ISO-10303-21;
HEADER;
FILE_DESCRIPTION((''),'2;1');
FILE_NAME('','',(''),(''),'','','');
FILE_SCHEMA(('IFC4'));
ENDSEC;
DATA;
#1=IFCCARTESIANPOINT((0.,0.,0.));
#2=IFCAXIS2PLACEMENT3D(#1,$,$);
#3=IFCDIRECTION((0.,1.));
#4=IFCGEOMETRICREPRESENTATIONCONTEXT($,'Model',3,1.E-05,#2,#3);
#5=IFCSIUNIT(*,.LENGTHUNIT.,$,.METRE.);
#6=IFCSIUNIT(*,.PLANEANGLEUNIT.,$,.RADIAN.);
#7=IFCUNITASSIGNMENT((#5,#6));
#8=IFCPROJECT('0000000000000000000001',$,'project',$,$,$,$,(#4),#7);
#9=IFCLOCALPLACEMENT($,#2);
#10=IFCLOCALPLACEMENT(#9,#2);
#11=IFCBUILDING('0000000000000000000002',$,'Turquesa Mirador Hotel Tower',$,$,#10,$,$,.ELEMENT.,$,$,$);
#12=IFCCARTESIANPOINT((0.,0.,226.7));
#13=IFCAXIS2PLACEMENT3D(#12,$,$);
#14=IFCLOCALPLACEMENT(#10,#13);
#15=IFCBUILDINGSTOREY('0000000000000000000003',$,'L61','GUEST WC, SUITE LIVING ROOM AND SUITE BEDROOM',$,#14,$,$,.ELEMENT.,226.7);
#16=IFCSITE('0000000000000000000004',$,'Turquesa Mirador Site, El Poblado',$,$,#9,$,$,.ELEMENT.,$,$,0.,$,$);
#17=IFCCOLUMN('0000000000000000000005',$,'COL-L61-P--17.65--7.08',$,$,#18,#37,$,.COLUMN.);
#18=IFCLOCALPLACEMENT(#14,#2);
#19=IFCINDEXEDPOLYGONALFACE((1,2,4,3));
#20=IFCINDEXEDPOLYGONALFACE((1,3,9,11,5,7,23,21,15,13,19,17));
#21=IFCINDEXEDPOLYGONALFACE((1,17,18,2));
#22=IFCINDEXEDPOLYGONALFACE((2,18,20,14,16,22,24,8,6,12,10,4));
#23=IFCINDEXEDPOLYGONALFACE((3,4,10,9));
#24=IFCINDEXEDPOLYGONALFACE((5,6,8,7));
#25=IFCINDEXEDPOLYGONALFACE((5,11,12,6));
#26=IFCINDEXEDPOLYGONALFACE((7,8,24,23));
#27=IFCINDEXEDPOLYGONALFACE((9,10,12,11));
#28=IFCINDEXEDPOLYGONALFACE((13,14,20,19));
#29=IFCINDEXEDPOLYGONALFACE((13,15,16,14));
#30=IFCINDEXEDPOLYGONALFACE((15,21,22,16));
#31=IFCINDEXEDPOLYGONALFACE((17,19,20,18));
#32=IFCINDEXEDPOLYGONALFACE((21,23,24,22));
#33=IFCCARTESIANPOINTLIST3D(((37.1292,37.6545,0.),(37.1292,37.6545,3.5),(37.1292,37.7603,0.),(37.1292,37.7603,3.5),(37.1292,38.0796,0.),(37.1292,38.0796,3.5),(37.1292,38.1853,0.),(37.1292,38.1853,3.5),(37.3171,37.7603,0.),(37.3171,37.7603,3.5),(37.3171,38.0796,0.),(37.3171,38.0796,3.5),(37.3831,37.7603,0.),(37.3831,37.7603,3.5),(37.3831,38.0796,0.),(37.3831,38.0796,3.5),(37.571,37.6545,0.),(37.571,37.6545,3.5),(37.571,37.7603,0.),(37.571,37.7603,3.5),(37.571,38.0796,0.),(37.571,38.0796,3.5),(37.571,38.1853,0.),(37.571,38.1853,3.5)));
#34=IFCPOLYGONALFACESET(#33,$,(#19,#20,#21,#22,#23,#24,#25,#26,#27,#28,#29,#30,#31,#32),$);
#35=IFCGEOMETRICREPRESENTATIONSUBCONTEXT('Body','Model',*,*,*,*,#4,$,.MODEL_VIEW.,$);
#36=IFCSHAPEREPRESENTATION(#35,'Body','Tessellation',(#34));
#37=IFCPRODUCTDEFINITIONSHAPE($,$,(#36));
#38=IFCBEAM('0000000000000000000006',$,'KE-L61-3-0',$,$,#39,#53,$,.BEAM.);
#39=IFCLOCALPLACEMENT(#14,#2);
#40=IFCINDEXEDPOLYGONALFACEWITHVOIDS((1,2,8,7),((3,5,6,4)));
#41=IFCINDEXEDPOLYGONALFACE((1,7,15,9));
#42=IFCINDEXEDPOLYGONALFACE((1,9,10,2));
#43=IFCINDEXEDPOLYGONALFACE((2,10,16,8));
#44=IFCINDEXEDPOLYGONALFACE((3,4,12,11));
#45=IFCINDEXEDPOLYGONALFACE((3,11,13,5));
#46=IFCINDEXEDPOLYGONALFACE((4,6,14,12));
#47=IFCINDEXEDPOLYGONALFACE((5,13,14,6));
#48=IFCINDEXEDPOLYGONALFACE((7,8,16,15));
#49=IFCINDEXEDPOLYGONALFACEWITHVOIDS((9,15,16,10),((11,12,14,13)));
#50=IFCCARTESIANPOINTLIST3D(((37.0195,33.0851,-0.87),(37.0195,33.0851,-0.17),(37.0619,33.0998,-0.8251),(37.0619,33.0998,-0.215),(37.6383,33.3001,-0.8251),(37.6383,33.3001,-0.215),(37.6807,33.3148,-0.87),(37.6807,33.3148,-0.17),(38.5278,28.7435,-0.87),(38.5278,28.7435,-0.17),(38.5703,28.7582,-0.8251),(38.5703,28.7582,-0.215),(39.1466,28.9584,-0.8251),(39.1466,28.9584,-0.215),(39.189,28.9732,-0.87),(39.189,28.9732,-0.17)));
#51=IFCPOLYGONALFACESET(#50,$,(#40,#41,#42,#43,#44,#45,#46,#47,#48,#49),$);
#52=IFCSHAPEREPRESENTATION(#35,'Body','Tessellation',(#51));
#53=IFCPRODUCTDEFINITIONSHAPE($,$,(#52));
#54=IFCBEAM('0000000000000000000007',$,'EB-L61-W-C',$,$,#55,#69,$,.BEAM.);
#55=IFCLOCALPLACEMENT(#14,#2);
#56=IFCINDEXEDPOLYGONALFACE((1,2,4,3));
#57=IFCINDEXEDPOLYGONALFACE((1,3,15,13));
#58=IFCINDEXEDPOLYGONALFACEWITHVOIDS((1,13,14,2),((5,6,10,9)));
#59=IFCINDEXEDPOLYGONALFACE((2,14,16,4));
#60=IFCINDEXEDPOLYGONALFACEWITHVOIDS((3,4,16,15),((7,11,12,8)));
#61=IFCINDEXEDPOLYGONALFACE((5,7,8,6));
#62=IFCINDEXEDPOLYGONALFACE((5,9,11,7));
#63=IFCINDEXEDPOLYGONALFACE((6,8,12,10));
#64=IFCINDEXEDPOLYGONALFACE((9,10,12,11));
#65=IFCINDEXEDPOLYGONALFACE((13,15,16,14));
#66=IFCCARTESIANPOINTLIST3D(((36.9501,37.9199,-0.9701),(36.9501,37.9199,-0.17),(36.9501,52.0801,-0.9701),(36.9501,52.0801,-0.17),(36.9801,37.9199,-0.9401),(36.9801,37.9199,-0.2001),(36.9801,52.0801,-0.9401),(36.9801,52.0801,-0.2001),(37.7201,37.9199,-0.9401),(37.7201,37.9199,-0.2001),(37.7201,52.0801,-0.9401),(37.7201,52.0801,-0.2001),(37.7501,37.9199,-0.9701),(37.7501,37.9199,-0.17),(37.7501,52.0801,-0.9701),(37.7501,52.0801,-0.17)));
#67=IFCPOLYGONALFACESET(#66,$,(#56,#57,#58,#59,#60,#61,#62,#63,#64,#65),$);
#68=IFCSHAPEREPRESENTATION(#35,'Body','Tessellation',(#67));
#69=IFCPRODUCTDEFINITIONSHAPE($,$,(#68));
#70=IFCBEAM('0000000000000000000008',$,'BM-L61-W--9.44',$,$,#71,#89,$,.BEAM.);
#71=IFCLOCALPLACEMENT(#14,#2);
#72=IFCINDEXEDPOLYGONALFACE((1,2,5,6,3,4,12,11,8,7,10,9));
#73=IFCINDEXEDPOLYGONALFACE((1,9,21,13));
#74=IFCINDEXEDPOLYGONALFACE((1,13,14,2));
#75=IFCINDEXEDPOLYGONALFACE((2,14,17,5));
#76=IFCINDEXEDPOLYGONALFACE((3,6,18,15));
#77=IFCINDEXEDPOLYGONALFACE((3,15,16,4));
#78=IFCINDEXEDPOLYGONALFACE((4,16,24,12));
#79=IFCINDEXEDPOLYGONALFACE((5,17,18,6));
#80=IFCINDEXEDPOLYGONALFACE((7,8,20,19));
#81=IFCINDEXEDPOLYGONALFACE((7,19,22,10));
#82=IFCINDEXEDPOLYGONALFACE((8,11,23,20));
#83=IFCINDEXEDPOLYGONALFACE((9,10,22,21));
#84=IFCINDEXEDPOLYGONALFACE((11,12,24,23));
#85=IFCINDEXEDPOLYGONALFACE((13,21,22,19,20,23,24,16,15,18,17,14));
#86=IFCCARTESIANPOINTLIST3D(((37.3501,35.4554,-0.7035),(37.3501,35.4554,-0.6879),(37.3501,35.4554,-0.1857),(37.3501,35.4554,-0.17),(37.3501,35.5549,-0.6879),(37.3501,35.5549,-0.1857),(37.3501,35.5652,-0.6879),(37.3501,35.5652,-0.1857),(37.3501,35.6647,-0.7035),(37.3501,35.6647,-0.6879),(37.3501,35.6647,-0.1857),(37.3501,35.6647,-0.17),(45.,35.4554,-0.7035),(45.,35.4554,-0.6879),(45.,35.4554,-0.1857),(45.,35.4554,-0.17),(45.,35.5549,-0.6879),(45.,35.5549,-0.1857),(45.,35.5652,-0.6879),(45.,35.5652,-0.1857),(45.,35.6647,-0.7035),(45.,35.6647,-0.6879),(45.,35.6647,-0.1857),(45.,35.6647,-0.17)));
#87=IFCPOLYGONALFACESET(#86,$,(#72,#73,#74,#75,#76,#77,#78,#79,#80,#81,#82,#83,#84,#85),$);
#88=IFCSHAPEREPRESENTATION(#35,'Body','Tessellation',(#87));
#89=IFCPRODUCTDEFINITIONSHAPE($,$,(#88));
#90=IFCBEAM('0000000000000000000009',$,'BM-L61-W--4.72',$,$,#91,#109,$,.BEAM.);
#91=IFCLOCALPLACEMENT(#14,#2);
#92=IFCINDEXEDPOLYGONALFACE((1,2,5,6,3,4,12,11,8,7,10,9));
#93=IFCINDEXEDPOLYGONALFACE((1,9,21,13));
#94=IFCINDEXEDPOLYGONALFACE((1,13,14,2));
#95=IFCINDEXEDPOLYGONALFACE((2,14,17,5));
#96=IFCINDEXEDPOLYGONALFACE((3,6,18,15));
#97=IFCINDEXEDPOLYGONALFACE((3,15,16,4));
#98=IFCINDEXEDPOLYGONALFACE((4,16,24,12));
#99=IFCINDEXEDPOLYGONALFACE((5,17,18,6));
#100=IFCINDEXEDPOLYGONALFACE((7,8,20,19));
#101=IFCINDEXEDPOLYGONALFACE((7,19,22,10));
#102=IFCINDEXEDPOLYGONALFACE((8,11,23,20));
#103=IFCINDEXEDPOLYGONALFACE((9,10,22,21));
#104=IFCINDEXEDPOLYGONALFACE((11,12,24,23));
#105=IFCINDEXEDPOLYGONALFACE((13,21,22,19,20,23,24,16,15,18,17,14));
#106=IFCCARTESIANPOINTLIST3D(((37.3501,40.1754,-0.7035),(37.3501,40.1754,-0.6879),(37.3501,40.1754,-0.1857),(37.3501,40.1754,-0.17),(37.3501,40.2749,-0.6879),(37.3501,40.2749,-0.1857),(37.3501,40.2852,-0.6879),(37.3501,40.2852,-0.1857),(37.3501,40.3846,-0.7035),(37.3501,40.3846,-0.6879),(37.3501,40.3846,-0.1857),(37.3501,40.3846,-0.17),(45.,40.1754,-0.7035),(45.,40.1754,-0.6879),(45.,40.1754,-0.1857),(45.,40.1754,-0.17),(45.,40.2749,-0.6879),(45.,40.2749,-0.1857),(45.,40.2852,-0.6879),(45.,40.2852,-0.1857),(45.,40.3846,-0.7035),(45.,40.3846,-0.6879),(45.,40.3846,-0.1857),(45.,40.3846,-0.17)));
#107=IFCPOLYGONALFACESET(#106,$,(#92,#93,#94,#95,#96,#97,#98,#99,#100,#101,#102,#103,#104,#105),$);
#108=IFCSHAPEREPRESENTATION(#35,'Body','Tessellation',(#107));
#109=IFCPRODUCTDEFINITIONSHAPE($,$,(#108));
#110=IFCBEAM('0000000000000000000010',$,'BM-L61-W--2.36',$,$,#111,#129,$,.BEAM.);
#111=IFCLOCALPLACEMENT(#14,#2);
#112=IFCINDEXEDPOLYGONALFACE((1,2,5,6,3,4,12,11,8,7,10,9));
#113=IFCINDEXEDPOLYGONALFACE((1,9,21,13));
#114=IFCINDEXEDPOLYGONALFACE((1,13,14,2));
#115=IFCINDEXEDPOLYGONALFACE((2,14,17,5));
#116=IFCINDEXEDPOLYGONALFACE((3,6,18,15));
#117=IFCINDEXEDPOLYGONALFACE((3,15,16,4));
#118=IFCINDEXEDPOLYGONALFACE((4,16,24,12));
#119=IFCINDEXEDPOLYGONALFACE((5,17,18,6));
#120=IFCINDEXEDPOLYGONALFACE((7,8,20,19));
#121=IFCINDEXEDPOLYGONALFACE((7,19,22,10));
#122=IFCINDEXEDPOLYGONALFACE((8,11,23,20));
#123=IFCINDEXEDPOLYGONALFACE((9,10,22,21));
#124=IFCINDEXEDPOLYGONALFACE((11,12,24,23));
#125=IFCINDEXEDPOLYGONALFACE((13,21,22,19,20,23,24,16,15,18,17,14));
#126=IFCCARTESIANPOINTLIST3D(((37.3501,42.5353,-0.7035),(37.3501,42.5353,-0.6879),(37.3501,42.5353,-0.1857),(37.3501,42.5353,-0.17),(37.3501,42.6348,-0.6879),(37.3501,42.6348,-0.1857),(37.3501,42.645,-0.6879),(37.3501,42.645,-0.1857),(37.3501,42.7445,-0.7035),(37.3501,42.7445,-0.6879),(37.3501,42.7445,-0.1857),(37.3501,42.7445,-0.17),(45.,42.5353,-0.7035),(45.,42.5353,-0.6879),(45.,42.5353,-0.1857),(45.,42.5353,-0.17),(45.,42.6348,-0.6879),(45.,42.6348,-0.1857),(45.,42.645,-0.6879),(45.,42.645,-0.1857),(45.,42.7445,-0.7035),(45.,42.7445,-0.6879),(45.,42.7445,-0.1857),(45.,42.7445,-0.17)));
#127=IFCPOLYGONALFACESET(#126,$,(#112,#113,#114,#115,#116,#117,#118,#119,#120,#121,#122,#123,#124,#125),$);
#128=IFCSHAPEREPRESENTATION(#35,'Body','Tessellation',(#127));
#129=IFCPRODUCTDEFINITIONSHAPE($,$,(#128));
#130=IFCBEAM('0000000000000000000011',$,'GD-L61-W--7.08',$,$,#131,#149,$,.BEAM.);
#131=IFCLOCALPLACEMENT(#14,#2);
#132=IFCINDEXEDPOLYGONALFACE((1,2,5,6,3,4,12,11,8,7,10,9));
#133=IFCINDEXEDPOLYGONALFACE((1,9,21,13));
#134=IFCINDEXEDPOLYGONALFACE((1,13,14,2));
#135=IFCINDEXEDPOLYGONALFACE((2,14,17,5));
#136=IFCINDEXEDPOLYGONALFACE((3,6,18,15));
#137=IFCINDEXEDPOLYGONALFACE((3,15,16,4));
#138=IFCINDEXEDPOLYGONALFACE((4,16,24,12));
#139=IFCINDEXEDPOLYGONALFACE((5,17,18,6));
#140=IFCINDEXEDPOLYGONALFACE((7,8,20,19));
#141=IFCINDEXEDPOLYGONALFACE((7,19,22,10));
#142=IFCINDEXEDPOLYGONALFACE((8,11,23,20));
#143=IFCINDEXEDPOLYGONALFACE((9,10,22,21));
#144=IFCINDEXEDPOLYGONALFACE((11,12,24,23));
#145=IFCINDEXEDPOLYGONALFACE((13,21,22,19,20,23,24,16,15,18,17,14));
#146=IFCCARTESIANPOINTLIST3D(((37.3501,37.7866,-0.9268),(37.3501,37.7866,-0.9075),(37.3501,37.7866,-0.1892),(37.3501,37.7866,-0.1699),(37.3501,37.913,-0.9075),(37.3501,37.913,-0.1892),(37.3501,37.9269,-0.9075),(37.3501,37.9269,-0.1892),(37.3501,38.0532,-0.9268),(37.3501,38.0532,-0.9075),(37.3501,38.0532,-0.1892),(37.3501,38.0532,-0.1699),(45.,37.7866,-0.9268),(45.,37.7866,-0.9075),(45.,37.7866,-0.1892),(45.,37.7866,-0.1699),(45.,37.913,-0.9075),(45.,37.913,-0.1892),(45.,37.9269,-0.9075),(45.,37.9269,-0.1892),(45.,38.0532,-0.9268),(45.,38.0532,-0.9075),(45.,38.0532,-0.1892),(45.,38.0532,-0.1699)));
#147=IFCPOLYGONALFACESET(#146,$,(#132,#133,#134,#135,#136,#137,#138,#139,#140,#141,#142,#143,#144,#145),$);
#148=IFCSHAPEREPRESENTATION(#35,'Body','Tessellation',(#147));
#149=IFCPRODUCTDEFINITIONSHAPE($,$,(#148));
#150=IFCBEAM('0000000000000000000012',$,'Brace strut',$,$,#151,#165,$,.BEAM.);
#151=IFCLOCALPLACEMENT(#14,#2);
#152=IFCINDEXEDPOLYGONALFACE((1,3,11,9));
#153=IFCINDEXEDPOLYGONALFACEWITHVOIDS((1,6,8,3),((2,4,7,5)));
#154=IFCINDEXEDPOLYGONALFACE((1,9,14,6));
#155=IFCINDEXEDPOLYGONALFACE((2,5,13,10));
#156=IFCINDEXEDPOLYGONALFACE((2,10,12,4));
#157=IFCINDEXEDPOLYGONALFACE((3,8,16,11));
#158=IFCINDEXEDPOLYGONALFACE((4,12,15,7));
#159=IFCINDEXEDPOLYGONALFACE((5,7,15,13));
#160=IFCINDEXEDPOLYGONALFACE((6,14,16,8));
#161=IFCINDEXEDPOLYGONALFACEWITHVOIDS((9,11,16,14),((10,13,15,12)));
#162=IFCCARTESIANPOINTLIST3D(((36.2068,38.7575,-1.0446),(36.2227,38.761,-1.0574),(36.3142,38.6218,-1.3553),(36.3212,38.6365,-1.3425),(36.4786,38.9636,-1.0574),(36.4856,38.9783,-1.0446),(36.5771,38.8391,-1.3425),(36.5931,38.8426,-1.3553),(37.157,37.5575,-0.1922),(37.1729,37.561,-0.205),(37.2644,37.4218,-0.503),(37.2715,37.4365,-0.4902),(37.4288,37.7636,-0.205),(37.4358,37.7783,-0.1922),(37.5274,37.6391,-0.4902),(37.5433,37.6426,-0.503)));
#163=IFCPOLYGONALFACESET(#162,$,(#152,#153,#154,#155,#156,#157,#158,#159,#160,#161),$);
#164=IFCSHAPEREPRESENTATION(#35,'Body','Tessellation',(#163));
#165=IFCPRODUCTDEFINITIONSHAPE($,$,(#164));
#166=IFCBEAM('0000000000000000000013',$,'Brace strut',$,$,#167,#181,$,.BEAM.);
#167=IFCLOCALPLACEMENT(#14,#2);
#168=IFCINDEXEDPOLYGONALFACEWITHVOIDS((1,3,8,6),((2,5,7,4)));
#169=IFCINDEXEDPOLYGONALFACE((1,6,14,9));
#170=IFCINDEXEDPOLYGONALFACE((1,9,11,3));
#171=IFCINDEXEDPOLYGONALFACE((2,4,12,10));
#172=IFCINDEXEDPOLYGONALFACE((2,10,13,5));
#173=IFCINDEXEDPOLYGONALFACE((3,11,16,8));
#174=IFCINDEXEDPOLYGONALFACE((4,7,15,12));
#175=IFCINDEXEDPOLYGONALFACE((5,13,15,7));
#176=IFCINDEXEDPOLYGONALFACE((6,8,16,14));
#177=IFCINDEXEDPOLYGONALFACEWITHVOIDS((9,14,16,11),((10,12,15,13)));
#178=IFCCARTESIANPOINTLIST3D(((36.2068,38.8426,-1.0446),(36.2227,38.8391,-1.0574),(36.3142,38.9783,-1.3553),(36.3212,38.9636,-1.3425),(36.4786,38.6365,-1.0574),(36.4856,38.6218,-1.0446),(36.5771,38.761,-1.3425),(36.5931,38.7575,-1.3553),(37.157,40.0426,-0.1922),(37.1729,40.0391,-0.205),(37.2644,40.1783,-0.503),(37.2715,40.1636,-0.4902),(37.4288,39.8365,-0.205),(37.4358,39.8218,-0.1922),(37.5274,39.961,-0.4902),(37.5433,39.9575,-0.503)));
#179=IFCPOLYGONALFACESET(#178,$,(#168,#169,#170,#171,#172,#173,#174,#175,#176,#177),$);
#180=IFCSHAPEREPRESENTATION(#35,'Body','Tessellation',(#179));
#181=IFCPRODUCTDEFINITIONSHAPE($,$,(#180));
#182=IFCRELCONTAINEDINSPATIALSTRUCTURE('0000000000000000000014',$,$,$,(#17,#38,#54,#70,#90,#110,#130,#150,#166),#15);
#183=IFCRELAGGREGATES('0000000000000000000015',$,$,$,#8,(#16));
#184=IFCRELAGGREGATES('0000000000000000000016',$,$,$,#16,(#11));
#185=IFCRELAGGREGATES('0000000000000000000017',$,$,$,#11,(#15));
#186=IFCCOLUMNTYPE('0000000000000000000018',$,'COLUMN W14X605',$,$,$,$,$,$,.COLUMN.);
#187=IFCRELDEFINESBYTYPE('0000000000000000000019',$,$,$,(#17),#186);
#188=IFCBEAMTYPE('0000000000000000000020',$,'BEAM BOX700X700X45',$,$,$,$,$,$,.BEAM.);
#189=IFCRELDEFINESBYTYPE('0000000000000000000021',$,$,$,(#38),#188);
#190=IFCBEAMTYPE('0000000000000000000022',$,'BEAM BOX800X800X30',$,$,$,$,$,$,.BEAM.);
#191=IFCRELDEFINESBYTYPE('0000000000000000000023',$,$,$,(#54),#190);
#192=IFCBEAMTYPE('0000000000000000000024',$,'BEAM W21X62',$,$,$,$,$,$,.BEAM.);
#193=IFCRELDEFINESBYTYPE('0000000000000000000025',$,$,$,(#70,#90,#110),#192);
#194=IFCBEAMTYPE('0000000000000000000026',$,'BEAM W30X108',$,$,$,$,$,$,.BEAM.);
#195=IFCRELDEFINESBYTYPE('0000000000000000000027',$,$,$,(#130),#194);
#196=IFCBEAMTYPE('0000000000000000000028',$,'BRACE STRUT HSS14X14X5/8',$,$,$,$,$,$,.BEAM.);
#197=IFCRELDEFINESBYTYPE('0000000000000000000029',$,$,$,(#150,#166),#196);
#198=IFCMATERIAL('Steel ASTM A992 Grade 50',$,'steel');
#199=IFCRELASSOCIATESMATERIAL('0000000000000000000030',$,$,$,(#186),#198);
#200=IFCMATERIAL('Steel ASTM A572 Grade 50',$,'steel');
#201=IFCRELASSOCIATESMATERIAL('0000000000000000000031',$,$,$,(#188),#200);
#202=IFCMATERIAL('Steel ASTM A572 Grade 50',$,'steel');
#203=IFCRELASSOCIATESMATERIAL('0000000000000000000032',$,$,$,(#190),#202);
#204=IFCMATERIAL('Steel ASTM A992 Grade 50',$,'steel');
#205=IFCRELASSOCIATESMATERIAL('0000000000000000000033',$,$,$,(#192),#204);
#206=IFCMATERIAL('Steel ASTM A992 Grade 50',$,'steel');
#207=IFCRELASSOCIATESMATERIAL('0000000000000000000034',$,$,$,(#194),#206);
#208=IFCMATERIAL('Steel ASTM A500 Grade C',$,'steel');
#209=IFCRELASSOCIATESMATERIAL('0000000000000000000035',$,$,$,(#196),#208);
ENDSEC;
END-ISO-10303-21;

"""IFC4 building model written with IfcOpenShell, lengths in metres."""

from ifc_helpers import new_model, si_unit, direction, frame, origin, origin_2d, place, context, subcontext, project, spatial, hollow_rectangle, i_section, extrude, material, material_profile, profile_set, type_object, element, save


model = new_model("IFC4")

# Units and contexts
model_context = context("Model", 3, precision=1e-05, world=origin(), true_north=direction((0.0, 1.0)))
body_context = subcontext(model_context, "Body", "Model", "MODEL_VIEW")
ifc_project = project(units=[si_unit("LENGTHUNIT", "METRE"), si_unit("PLANEANGLEUNIT", "RADIAN")], contexts=[model_context])

# Site, building, storey
site_placement = place(None, origin())
site = spatial("IfcSite", under=ifc_project, at=site_placement, Name="Turquesa Mirador Site, El Poblado", CompositionType="ELEMENT", RefElevation=0.0)
building_placement = place(site_placement, origin())
building = spatial("IfcBuilding", under=site, at=building_placement, Name="Turquesa Mirador Hotel Tower", CompositionType="ELEMENT")
storey_placement = place(building_placement, frame((0.0, 0.0, 226.7)))
storey = spatial("IfcBuildingStorey", under=building, at=storey_placement, Name="L61", Description="GUEST WC, SUITE LIVING ROOM AND SUITE BEDROOM", CompositionType="ELEMENT", Elevation=226.7)

# Column
ifc_material_1 = material(Name="Steel ASTM A992 Grade 50", Category="steel")
ifc_material_profile_1 = material_profile(ifc_material_1, i_section(OverallWidth=0.4419, OverallDepth=0.5308, WebThickness=0.0659, FlangeThickness=0.1057, at=origin_2d()), Name="W14X605")
ifc_profile_set_1 = profile_set([ifc_material_profile_1], Name="Steel ASTM A992 Grade 50")
column_type = type_object("IfcColumnType", Name="COLUMN W14X605", PredefinedType="COLUMN", material=ifc_profile_set_1)
column_placement = place(storey_placement, frame((37.3501, 37.9199, 0.0), z_axis=(0.0, 0.0, 1.0), x_axis=(1.0, 0.0, 0.0)))
element("IfcColumn", 1, at=column_placement, inside=storey, type_object=column_type, Name="COL-L61-P--17.65--7.08", PredefinedType="COLUMN", context=body_context, shape_type="SweptSolid", body=[
    extrude(i_section(OverallWidth=0.4419, OverallDepth=0.5308, WebThickness=0.0659, FlangeThickness=0.1057, at=origin_2d()), origin(), (0.0, 0.0, 1.0), 3.5),
])

# Beams
ifc_material_2 = material(Name="Steel ASTM A572 Grade 50", Category="steel")
ifc_material_profile_2 = material_profile(ifc_material_2, hollow_rectangle(XDim=0.7, YDim=0.7, WallThickness=0.0449, at=origin_2d()), Name="BOX700X700X45")
ifc_profile_set_2 = profile_set([ifc_material_profile_2], Name="Steel ASTM A572 Grade 50")
beam_type_1 = type_object("IfcBeamType", Name="BEAM BOX700X700X45", PredefinedType="BEAM", material=ifc_profile_set_2)
beam_1_placement = place(storey_placement, frame((37.3501, 33.2, -0.52), z_axis=(0.32817, -0.944619, 0.0), x_axis=(0.944619, 0.32817, 0.0)))
element("IfcBeam", 2, at=beam_1_placement, inside=storey, type_object=beam_type_1, Name="KE-L61-3-0", PredefinedType="BEAM", context=body_context, shape_type="SweptSolid", body=[
    extrude(hollow_rectangle(XDim=0.7, YDim=0.7, WallThickness=0.0449, at=origin_2d()), origin(), (0.0, 0.0, 1.0), 4.5962),
])
ifc_material_3 = material(Name="Steel ASTM A572 Grade 50", Category="steel")
ifc_material_profile_3 = material_profile(ifc_material_3, hollow_rectangle(XDim=0.8, YDim=0.8, WallThickness=0.03, at=origin_2d()), Name="BOX800X800X30")
ifc_profile_set_3 = profile_set([ifc_material_profile_3], Name="Steel ASTM A572 Grade 50")
beam_type_2 = type_object("IfcBeamType", Name="BEAM BOX800X800X30", PredefinedType="BEAM", material=ifc_profile_set_3)
beam_2_placement = place(storey_placement, frame((37.3501, 37.9199, -0.5701), z_axis=(0.0, 1.0, 0.0), x_axis=(-1.0, 0.0, 0.0)))
element("IfcBeam", 3, at=beam_2_placement, inside=storey, type_object=beam_type_2, Name="EB-L61-W-C", PredefinedType="BEAM", context=body_context, shape_type="SweptSolid", body=[
    extrude(hollow_rectangle(XDim=0.8, YDim=0.8, WallThickness=0.03, at=origin_2d()), origin(), (0.0, 0.0, 1.0), 14.1602),
])
ifc_material_4 = material(Name="Steel ASTM A992 Grade 50", Category="steel")
ifc_material_profile_4 = material_profile(ifc_material_4, i_section(OverallWidth=0.2092, OverallDepth=0.5334, WebThickness=0.0103, FlangeThickness=0.0156, at=origin_2d()), Name="W21X62")
ifc_profile_set_4 = profile_set([ifc_material_profile_4], Name="Steel ASTM A992 Grade 50")
beam_type_3 = type_object("IfcBeamType", Name="BEAM W21X62", PredefinedType="BEAM", material=ifc_profile_set_4)
for number, where, z_axis, x_axis, name in (
    (4, (37.3501, 35.5601, -0.4368), (1.0, 0.0, 0.0), (0.0, 1.0, 0.0), "BM-L61-W--9.44"),
    (5, (37.3501, 40.28, -0.4368), (1.0, 0.0, 0.0), (0.0, 1.0, 0.0), "BM-L61-W--4.72"),
    (6, (37.3501, 42.6399, -0.4368), (1.0, 0.0, 0.0), (0.0, 1.0, 0.0), "BM-L61-W--2.36"),
):
    element("IfcBeam", number, at=place(storey_placement, frame(where, z_axis=z_axis, x_axis=x_axis)), inside=storey, type_object=beam_type_3, Name=name, PredefinedType="BEAM", context=body_context, shape_type="SweptSolid", body=[
        extrude(i_section(OverallWidth=0.2092, OverallDepth=0.5334, WebThickness=0.0103, FlangeThickness=0.0156, at=origin_2d()), origin(), (0.0, 0.0, 1.0), 7.6499),
    ])
ifc_material_5 = material(Name="Steel ASTM A992 Grade 50", Category="steel")
ifc_material_profile_5 = material_profile(ifc_material_5, i_section(OverallWidth=0.2666, OverallDepth=0.7568, WebThickness=0.0139, FlangeThickness=0.0193, at=origin_2d()), Name="W30X108")
ifc_profile_set_5 = profile_set([ifc_material_profile_5], Name="Steel ASTM A992 Grade 50")
beam_type_4 = type_object("IfcBeamType", Name="BEAM W30X108", PredefinedType="BEAM", material=ifc_profile_set_5)
beam_3_placement = place(storey_placement, frame((37.3501, 37.9199, -0.5483), z_axis=(1.0, 0.0, 0.0), x_axis=(0.0, 1.0, 0.0)))
element("IfcBeam", 7, at=beam_3_placement, inside=storey, type_object=beam_type_4, Name="GD-L61-W--7.08", PredefinedType="BEAM", context=body_context, shape_type="SweptSolid", body=[
    extrude(i_section(OverallWidth=0.2666, OverallDepth=0.7568, WebThickness=0.0139, FlangeThickness=0.0193, at=origin_2d()), origin(), (0.0, 0.0, 1.0), 7.6499),
])
ifc_material_6 = material(Name="Steel ASTM A500 Grade C", Category="steel")
ifc_material_profile_6 = material_profile(ifc_material_6, hollow_rectangle(XDim=0.3557, YDim=0.3557, WallThickness=0.0146, at=origin_2d()), Name="HSS14X14X5/8")
ifc_profile_set_6 = profile_set([ifc_material_profile_6], Name="Steel ASTM A500 Grade C")
beam_type_5 = type_object("IfcBeamType", Name="BRACE STRUT HSS14X14X5/8", PredefinedType="BEAM", material=ifc_profile_set_6)
for number, where, z_axis, x_axis, name in (
    (8, (36.3999, 38.8, -1.2), (0.542379, -0.684942, 0.486497), (0.783971, 0.620797, 0.0), "Brace strut"),
    (9, (36.3999, 38.8, -1.2), (0.542379, 0.684942, 0.486497), (-0.783971, 0.620797, 0.0), "Brace strut"),
):
    element("IfcBeam", number, at=place(storey_placement, frame(where, z_axis=z_axis, x_axis=x_axis)), inside=storey, type_object=beam_type_5, Name=name, PredefinedType="BEAM", context=body_context, shape_type="SweptSolid", body=[
        extrude(hollow_rectangle(XDim=0.3557, YDim=0.3557, WallThickness=0.0146, at=origin_2d()), origin(), (0.0, 0.0, 1.0), 1.752),
    ])

save(model, "model.ifc")
